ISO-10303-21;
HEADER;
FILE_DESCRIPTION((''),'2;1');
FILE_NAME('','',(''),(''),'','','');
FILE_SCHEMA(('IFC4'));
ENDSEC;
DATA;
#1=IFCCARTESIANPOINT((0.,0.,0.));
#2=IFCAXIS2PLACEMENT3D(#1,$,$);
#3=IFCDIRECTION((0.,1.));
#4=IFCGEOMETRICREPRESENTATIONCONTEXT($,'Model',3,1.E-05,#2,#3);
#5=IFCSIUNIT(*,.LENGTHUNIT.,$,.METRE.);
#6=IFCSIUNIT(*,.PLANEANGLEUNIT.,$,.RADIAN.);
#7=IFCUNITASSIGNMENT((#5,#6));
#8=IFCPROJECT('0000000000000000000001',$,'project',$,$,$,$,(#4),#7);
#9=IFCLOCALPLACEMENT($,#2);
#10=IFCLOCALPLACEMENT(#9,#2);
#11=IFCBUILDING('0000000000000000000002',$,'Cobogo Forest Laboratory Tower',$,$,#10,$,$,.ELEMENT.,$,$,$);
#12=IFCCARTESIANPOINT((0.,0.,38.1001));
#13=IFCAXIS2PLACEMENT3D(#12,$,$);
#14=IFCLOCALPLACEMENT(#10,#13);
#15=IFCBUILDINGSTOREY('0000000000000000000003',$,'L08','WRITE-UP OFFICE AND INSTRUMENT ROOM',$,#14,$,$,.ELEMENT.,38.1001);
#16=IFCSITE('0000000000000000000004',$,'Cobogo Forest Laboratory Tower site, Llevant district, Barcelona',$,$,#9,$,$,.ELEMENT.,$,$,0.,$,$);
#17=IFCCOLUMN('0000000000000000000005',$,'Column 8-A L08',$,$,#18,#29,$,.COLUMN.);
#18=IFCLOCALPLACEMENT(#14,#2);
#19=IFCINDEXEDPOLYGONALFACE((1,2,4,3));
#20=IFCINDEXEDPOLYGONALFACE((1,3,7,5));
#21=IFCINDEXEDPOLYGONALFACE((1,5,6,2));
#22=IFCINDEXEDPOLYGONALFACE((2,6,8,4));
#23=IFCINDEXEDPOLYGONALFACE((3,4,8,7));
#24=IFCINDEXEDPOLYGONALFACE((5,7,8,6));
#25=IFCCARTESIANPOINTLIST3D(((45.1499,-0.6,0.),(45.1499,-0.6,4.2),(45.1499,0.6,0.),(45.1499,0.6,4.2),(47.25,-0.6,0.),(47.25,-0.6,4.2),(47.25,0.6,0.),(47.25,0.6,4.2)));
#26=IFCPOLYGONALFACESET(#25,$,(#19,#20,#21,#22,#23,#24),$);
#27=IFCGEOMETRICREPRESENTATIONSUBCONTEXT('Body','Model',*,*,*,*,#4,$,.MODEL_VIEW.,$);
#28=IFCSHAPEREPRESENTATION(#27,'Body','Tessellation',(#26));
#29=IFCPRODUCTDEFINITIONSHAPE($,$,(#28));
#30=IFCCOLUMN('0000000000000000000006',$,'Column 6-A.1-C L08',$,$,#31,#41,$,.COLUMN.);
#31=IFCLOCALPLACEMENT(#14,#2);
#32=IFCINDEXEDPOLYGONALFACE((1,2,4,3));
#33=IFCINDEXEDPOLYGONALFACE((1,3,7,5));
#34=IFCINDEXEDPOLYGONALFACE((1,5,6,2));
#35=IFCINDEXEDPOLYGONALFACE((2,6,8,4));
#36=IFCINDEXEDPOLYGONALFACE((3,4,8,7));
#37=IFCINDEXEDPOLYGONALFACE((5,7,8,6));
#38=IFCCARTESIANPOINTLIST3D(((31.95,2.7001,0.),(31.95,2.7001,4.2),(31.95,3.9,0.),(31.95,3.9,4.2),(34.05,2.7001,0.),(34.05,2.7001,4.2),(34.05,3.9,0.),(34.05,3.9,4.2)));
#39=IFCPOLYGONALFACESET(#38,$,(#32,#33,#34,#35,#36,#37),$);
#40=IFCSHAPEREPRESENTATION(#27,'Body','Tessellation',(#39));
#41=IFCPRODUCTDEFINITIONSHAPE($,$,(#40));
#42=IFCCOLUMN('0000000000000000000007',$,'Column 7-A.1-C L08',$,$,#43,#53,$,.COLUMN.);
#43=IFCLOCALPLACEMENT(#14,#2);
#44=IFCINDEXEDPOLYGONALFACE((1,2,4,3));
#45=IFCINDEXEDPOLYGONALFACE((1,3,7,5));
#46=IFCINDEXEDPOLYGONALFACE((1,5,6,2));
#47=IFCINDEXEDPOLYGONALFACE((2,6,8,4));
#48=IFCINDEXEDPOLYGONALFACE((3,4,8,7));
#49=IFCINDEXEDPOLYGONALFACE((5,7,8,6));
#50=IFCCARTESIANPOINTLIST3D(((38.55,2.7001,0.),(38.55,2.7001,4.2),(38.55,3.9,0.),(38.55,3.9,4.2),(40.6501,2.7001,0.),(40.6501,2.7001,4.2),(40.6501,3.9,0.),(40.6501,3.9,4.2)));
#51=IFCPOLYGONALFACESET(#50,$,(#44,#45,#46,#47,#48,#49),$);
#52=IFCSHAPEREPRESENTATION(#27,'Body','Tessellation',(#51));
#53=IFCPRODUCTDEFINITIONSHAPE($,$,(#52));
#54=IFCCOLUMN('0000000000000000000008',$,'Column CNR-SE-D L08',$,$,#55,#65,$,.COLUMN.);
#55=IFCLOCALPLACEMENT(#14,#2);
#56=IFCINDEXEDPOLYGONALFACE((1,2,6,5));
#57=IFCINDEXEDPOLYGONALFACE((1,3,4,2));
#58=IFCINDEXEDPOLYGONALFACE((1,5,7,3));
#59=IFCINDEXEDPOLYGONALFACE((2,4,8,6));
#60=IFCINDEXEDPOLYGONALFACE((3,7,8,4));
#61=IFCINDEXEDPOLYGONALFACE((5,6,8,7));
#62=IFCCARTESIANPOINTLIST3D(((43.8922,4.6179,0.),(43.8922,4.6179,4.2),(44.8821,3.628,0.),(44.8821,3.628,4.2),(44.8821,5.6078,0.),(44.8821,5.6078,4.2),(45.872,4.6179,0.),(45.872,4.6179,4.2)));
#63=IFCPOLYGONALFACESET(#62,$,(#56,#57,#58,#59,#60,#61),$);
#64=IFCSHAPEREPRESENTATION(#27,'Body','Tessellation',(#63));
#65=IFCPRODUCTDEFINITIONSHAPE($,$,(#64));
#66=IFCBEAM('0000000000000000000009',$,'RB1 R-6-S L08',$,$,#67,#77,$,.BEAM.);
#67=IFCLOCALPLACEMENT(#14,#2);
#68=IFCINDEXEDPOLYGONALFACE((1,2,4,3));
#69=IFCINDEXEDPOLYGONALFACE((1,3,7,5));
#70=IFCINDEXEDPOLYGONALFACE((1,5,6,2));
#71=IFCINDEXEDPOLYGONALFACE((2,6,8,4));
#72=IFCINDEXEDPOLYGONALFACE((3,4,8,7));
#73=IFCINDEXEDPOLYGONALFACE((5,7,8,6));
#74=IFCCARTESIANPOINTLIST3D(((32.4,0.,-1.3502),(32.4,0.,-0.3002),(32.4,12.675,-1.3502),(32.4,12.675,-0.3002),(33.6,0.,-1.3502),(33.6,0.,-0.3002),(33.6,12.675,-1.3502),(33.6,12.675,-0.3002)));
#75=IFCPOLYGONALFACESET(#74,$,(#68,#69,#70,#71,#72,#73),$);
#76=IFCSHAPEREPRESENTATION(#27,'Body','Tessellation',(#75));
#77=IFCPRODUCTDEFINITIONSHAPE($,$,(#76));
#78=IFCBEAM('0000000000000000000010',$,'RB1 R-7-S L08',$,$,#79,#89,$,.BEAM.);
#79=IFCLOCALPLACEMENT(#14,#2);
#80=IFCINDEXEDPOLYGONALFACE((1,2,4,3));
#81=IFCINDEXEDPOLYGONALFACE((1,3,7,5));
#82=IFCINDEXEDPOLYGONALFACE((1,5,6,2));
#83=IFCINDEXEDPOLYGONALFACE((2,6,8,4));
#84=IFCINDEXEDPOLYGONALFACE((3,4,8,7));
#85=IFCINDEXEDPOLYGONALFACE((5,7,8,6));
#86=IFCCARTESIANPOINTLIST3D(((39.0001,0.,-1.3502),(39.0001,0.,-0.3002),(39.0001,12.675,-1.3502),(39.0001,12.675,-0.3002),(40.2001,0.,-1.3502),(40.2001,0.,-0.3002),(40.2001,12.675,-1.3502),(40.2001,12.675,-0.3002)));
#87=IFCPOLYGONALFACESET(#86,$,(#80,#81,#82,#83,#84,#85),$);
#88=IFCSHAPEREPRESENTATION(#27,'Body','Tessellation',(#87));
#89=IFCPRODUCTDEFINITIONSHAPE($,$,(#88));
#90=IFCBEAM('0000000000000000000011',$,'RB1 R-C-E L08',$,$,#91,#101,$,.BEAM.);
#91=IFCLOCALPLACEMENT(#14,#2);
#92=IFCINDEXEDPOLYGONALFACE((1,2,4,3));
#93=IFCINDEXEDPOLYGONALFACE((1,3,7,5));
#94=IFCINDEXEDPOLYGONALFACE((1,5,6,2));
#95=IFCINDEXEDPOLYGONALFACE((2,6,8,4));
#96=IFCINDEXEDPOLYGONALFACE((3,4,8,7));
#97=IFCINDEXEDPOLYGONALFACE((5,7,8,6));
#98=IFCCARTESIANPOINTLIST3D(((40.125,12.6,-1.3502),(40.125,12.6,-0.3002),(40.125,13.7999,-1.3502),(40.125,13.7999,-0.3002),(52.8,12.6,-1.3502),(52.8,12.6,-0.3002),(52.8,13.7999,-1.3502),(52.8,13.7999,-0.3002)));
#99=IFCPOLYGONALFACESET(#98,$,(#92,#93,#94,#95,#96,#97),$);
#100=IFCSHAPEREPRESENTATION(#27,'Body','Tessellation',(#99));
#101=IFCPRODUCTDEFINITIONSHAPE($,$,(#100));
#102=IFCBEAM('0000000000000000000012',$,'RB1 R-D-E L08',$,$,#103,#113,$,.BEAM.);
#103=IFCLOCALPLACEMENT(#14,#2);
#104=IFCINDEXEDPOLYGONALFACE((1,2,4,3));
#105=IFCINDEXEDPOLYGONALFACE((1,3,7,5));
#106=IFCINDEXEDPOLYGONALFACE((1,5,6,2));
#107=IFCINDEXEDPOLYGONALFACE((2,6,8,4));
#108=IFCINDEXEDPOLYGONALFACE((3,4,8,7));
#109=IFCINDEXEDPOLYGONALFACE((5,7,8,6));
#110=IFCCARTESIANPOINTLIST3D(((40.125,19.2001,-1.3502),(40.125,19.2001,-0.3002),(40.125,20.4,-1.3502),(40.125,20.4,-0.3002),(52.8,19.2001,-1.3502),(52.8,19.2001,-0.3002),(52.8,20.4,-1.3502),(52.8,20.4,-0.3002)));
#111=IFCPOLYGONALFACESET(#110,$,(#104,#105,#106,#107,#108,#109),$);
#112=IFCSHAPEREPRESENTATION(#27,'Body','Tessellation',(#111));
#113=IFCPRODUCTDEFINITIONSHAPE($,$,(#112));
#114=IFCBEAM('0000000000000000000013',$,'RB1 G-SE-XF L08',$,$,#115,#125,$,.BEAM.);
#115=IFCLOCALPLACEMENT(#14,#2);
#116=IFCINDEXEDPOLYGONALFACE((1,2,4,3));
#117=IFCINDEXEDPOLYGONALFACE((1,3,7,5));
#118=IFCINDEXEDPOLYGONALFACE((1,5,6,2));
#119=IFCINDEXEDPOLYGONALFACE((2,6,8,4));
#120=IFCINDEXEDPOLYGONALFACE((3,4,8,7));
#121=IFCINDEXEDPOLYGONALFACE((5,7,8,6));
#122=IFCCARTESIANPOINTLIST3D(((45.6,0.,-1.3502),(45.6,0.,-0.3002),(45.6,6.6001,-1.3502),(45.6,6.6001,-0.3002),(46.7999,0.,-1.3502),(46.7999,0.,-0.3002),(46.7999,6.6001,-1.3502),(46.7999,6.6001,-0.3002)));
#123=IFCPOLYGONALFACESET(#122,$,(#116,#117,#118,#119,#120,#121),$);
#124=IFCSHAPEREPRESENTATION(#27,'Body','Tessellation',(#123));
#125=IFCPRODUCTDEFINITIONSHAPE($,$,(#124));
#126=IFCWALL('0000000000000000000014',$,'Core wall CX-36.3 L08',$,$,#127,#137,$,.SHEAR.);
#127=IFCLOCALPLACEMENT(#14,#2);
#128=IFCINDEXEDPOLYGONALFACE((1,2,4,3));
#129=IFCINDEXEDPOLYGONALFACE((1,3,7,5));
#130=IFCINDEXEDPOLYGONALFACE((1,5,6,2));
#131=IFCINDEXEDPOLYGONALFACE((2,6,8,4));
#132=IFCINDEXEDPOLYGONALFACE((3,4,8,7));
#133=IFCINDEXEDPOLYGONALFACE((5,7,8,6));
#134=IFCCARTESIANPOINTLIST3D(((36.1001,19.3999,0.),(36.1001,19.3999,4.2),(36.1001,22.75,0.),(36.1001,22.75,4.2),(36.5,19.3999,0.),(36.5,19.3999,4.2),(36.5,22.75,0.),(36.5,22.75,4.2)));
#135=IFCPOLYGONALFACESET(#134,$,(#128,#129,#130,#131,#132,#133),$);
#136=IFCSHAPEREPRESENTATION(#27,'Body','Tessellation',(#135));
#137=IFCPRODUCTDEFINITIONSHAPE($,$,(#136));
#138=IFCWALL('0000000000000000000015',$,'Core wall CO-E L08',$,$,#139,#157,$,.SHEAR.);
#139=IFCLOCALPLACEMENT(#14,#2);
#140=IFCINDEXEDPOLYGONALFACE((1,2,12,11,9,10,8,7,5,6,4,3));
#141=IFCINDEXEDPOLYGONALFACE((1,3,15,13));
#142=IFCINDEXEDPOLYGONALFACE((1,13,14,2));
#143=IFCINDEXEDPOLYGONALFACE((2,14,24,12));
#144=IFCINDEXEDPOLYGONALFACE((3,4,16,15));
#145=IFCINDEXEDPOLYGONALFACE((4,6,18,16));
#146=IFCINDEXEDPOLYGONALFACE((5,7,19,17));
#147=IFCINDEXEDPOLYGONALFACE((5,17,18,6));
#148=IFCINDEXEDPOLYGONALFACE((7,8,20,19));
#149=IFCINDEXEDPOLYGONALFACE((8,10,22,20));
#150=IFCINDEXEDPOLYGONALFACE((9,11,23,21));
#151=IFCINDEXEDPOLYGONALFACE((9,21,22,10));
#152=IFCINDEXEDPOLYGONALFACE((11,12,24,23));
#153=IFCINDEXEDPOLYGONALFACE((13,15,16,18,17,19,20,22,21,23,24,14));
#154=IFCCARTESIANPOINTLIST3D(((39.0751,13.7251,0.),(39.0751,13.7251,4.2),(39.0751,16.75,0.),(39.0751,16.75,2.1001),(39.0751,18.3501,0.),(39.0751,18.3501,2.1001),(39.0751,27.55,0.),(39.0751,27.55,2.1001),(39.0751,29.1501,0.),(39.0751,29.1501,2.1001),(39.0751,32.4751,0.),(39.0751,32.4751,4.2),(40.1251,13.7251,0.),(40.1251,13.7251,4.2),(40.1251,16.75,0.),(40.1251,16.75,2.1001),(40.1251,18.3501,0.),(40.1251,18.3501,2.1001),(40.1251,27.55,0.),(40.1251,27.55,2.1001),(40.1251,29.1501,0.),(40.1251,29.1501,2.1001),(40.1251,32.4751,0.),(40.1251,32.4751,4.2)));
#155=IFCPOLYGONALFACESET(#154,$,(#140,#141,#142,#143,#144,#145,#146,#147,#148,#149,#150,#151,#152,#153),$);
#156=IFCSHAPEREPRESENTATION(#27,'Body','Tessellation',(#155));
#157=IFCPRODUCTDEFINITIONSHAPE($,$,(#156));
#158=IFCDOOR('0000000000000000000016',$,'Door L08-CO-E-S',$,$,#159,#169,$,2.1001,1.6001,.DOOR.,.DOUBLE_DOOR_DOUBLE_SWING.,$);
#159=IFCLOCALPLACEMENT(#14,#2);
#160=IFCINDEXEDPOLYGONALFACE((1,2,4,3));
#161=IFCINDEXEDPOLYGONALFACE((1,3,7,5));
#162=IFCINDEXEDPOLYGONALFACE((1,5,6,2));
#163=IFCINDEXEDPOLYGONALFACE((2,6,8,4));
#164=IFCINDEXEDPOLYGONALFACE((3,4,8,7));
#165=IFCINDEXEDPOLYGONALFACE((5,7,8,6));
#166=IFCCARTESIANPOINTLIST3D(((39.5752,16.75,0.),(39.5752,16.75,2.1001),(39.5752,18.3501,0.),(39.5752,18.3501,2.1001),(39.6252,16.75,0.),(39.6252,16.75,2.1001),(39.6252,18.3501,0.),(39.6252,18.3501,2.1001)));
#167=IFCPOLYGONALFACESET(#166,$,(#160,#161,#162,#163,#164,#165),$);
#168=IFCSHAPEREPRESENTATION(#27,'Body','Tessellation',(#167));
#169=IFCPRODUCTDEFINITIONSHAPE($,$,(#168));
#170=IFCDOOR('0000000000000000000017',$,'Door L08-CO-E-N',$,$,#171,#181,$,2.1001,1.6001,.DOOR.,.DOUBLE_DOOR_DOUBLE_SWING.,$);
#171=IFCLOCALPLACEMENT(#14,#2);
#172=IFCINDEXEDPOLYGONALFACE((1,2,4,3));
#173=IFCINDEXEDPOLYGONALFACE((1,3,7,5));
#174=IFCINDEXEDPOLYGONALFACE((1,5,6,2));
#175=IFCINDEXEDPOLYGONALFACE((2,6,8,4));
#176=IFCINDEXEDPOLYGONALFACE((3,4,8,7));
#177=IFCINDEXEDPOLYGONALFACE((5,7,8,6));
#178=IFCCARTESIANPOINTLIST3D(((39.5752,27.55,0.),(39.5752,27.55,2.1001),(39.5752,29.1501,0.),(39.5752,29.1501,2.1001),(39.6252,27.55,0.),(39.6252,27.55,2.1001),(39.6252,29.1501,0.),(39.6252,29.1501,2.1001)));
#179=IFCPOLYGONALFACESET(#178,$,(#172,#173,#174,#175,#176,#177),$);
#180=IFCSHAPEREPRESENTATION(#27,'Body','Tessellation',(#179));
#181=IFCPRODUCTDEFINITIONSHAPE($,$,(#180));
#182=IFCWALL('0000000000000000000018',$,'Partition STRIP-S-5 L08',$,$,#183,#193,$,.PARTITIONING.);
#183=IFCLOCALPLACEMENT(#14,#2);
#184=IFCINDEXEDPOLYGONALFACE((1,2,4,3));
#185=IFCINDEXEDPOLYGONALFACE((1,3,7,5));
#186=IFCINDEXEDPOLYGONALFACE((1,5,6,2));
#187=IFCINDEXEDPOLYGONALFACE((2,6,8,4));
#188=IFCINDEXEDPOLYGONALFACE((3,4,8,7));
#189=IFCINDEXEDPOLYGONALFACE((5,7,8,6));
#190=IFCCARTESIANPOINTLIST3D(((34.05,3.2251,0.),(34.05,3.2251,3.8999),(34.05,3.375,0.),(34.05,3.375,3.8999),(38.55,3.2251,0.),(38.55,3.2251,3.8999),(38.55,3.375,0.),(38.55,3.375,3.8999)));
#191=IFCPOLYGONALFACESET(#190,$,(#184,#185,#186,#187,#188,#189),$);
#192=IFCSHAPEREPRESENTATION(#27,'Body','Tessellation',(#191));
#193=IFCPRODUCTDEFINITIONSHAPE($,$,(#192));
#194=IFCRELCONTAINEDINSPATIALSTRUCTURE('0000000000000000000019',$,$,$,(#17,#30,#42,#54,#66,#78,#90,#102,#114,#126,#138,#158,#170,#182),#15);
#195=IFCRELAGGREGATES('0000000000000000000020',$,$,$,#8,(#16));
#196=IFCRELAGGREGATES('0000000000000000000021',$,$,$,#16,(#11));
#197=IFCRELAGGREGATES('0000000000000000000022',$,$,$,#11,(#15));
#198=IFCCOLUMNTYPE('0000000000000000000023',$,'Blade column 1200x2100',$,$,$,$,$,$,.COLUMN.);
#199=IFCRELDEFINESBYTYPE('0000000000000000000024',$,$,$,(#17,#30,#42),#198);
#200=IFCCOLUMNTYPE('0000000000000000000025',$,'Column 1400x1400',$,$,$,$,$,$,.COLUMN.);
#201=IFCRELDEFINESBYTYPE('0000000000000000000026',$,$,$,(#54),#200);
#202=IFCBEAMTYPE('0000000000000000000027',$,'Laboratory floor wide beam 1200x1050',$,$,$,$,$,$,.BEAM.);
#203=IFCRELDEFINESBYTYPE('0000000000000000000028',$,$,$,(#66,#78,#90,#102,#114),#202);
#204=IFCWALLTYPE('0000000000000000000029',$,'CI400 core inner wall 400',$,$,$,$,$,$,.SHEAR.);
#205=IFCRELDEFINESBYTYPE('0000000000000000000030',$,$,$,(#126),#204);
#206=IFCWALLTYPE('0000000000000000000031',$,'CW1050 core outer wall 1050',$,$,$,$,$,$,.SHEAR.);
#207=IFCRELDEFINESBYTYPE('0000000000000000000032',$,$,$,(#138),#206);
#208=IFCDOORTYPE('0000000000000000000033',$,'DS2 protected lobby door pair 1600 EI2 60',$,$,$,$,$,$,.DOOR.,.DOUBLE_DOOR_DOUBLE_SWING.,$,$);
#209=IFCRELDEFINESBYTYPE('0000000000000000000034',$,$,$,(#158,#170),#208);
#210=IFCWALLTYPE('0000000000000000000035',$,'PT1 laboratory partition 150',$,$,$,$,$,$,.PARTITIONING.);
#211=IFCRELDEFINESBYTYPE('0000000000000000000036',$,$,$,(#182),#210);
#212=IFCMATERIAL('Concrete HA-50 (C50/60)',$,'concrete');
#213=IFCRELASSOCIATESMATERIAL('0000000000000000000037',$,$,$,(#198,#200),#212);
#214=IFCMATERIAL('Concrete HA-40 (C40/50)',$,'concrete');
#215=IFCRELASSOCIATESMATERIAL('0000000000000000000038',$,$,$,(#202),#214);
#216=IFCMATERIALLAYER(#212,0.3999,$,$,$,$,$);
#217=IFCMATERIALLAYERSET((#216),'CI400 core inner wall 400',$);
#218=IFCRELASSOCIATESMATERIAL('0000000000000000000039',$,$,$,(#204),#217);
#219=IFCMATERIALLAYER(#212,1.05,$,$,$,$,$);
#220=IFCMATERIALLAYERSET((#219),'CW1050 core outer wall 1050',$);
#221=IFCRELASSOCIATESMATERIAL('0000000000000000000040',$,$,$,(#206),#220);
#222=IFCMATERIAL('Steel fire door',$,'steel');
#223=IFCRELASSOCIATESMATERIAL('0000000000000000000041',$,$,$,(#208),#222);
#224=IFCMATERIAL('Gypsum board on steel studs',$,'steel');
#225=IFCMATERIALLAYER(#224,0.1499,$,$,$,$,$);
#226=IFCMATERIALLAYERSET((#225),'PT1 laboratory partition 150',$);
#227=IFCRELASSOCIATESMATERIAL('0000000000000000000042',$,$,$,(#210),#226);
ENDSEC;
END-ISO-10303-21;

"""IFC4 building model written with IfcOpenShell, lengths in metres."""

from ifc_helpers import new_model, si_unit, direction, frame, frame_2d, origin, origin_2d, place, context, subcontext, project, spatial, rectangle, extrude, material, layer, layer_set, material_profile, profile_set, type_object, element, fill, save


model = new_model("IFC4")

# Units and contexts
model_context = context("Model", 3, precision=1e-05, world=origin(), true_north=direction((0.0, 1.0)))
body_context = subcontext(model_context, "Body", "Model", "MODEL_VIEW")
ifc_project = project(units=[si_unit("LENGTHUNIT", "METRE"), si_unit("PLANEANGLEUNIT", "RADIAN")], contexts=[model_context])

# Site, building, storey
site_placement = place(None, origin())
site = spatial("IfcSite", under=ifc_project, at=site_placement, Name="Cobogo Forest Laboratory Tower site, Llevant district, Barcelona", CompositionType="ELEMENT", RefElevation=0.0)
building_placement = place(site_placement, origin())
building = spatial("IfcBuilding", under=site, at=building_placement, Name="Cobogo Forest Laboratory Tower", CompositionType="ELEMENT")
storey_placement = place(building_placement, frame((0.0, 0.0, 38.1001)))
storey = spatial("IfcBuildingStorey", under=building, at=storey_placement, Name="L08", Description="WRITE-UP OFFICE AND INSTRUMENT ROOM", CompositionType="ELEMENT", Elevation=38.1001)

# Columns
ifc_material_1 = material(Name="Concrete HA-50 (C50/60)", Category="concrete")
ifc_material_profile_1 = material_profile(ifc_material_1, rectangle(XDim=2.1001, YDim=1.2, at=origin_2d()), Name="RC 1200x2100")
ifc_profile_set_1 = profile_set([ifc_material_profile_1], Name="Concrete HA-50 (C50/60)")
column_type_1 = type_object("IfcColumnType", Name="Blade column 1200x2100", PredefinedType="COLUMN", material=ifc_profile_set_1)
for number, where, z_axis, x_axis, name in (
    (1, (46.2, 0.0, 0.0), (0.0, 0.0, 1.0), (1.0, 0.0, 0.0), "Column 8-A L08"),
    (2, (33.0, 3.3, 0.0), (0.0, 0.0, 1.0), (1.0, 0.0, 0.0), "Column 6-A.1-C L08"),
    (3, (39.6001, 3.3, 0.0), (0.0, 0.0, 1.0), (1.0, 0.0, 0.0), "Column 7-A.1-C L08"),
):
    element("IfcColumn", number, at=place(storey_placement, frame(where, z_axis=z_axis, x_axis=x_axis)), inside=storey, type_object=column_type_1, Name=name, PredefinedType="COLUMN", context=body_context, shape_type="SweptSolid", body=[
        extrude(rectangle(XDim=2.1001, YDim=1.2, at=origin_2d()), origin(), (0.0, 0.0, 1.0), 4.2),
    ])
ifc_material_profile_2 = material_profile(ifc_material_1, rectangle(XDim=1.3999, YDim=1.3999, at=origin_2d()), Name="RC 1400x1400")
ifc_profile_set_2 = profile_set([ifc_material_profile_2], Name="Concrete HA-50 (C50/60)")
column_type_2 = type_object("IfcColumnType", Name="Column 1400x1400", PredefinedType="COLUMN", material=ifc_profile_set_2)
column_placement = place(storey_placement, frame((44.8821, 4.6179, 0.0), z_axis=(0.0, 0.0, 1.0), x_axis=(0.707107, 0.707107, 0.0)))
element("IfcColumn", 4, at=column_placement, inside=storey, type_object=column_type_2, Name="Column CNR-SE-D L08", PredefinedType="COLUMN", context=body_context, shape_type="SweptSolid", body=[
    extrude(rectangle(XDim=1.3999, YDim=1.3999, at=origin_2d()), origin(), (0.0, 0.0, 1.0), 4.2),
])

# Beams
ifc_material_2 = material(Name="Concrete HA-40 (C40/50)", Category="concrete")
ifc_material_profile_3 = material_profile(ifc_material_2, rectangle(XDim=1.2, YDim=1.05, at=origin_2d()), Name="RC 1200x1050")
ifc_profile_set_3 = profile_set([ifc_material_profile_3], Name="Concrete HA-40 (C40/50)")
beam_type = type_object("IfcBeamType", Name="Laboratory floor wide beam 1200x1050", PredefinedType="BEAM", material=ifc_profile_set_3)
for number, where, z_axis, x_axis, name in (
    (5, (33.0, 12.675, -0.8252), (0.0, -1.0, 0.0), (1.0, 0.0, 0.0), "RB1 R-6-S L08"),
    (6, (39.6001, 12.675, -0.8252), (0.0, -1.0, 0.0), (1.0, 0.0, 0.0), "RB1 R-7-S L08"),
    (7, (40.125, 13.2, -0.8252), (1.0, 0.0, 0.0), (0.0, 1.0, 0.0), "RB1 R-C-E L08"),
    (8, (40.125, 19.8, -0.8252), (1.0, 0.0, 0.0), (0.0, 1.0, 0.0), "RB1 R-D-E L08"),
):
    element("IfcBeam", number, at=place(storey_placement, frame(where, z_axis=z_axis, x_axis=x_axis)), inside=storey, type_object=beam_type, Name=name, PredefinedType="BEAM", context=body_context, shape_type="SweptSolid", body=[
        extrude(rectangle(XDim=1.2, YDim=1.05, at=origin_2d()), origin(), (0.0, 0.0, 1.0), 12.675),
    ])
beam_placement = place(storey_placement, frame((46.2, 0.0, -0.8252), z_axis=(0.0, 1.0, 0.0), x_axis=(-1.0, 0.0, 0.0)))
element("IfcBeam", 9, at=beam_placement, inside=storey, type_object=beam_type, Name="RB1 G-SE-XF L08", PredefinedType="BEAM", context=body_context, shape_type="SweptSolid", body=[
    extrude(rectangle(XDim=1.2, YDim=1.05, at=origin_2d()), origin(), (0.0, 0.0, 1.0), 6.6001),
])

# Wall
ifc_layer_1 = layer(ifc_material_1, 0.3999)
ifc_layer_set_1 = layer_set([ifc_layer_1], Name="CI400 core inner wall 400")
wall_type_1 = type_object("IfcWallType", Name="CI400 core inner wall 400", PredefinedType="SHEAR", material=ifc_layer_set_1)
wall_1_placement = place(storey_placement, frame((36.3, 19.3999, 0.0), z_axis=(0.0, 0.0, 1.0), x_axis=(0.0, 1.0, 0.0)))
element("IfcWall", 10, at=wall_1_placement, inside=storey, type_object=wall_type_1, Name="Core wall CX-36.3 L08", PredefinedType="SHEAR", context=body_context, shape_type="SweptSolid", body=[
    extrude(rectangle(XDim=3.3501, YDim=0.3999, at=frame_2d((1.675, 0.0))), origin(), (0.0, 0.0, 1.0), 4.2),
])

# Wall, openings, doors
ifc_layer_2 = layer(ifc_material_1, 1.05)
ifc_layer_set_2 = layer_set([ifc_layer_2], Name="CW1050 core outer wall 1050")
wall_type_2 = type_object("IfcWallType", Name="CW1050 core outer wall 1050", PredefinedType="SHEAR", material=ifc_layer_set_2)
wall_2_placement = place(storey_placement, frame((39.6001, 13.7251, 0.0), z_axis=(0.0, 0.0, 1.0), x_axis=(0.0, 1.0, 0.0)))
wall_2 = element("IfcWall", 11, at=wall_2_placement, inside=storey, type_object=wall_type_2, Name="Core wall CO-E L08", PredefinedType="SHEAR", context=body_context, shape_type="SweptSolid", body=[
    extrude(rectangle(XDim=18.75, YDim=1.05, at=frame_2d((9.375, 0.0))), origin(), (0.0, 0.0, 1.0), 4.2),
])
opening_1_placement = place(wall_2_placement, frame((3.0249, 0.0, 0.0)))
opening_1 = element("IfcOpeningElement", 12, at=opening_1_placement, cuts=wall_2, PredefinedType="OPENING", context=body_context, shape_type="SweptSolid", body=[
    extrude(rectangle(XDim=1.6001, YDim=2.1001, at=frame_2d((0.8, 1.05))), frame((0.0, 0.5349, 0.0), z_axis=(0.0, -1.0, 0.0), x_axis=(1.0, 0.0, 0.0)), (0.0, 0.0, 1.0), 1.0701),
])
opening_2_placement = place(wall_2_placement, frame((13.825, 0.0, 0.0)))
opening_2 = element("IfcOpeningElement", 13, at=opening_2_placement, cuts=wall_2, PredefinedType="OPENING", context=body_context, shape_type="SweptSolid", body=[
    extrude(rectangle(XDim=1.6001, YDim=2.1001, at=frame_2d((0.8, 1.05))), frame((0.0, 0.5349, 0.0), z_axis=(0.0, -1.0, 0.0), x_axis=(1.0, 0.0, 0.0)), (0.0, 0.0, 1.0), 1.0701),
])
ifc_material_3 = material(Name="Steel fire door", Category="steel")
door_type_1 = type_object("IfcDoorType", Name="DS2 protected lobby door pair 1600 EI2 60", OperationType="DOUBLE_DOOR_DOUBLE_SWING", PredefinedType="DOOR", material=ifc_material_3)
door_1_placement = place(opening_1_placement, origin())
door_1 = element("IfcDoor", 14, at=door_1_placement, inside=storey, type_object=door_type_1, Name="Door L08-CO-E-S", OperationType="DOUBLE_DOOR_DOUBLE_SWING", OverallHeight=2.1001, OverallWidth=1.6001, PredefinedType="DOOR", context=body_context, shape_type="SweptSolid", body=[
    extrude(rectangle(XDim=1.6001, YDim=2.1001, at=frame_2d((0.8, 1.05))), frame((0.0, 0.0249, 0.0), z_axis=(0.0, -1.0, 0.0), x_axis=(1.0, 0.0, 0.0)), (0.0, 0.0, 1.0), 0.05),
])
fill(opening_1, door_1)
door_2_placement = place(opening_2_placement, origin())
door_2 = element("IfcDoor", 15, at=door_2_placement, inside=storey, type_object=door_type_1, Name="Door L08-CO-E-N", OperationType="DOUBLE_DOOR_DOUBLE_SWING", OverallHeight=2.1001, OverallWidth=1.6001, PredefinedType="DOOR", context=body_context, shape_type="SweptSolid", body=[
    extrude(rectangle(XDim=1.6001, YDim=2.1001, at=frame_2d((0.8, 1.05))), frame((0.0, 0.0249, 0.0), z_axis=(0.0, -1.0, 0.0), x_axis=(1.0, 0.0, 0.0)), (0.0, 0.0, 1.0), 0.05),
])
fill(opening_2, door_2)

# Wall
ifc_material_4 = material(Name="Gypsum board on steel studs", Category="steel")
ifc_layer_3 = layer(ifc_material_4, 0.1499)
ifc_layer_set_3 = layer_set([ifc_layer_3], Name="PT1 laboratory partition 150")
wall_type_3 = type_object("IfcWallType", Name="PT1 laboratory partition 150", PredefinedType="PARTITIONING", material=ifc_layer_set_3)
wall_3_placement = place(storey_placement, frame((34.05, 3.3, 0.0), z_axis=(0.0, 0.0, 1.0), x_axis=(1.0, 0.0, 0.0)))
element("IfcWall", 16, at=wall_3_placement, inside=storey, type_object=wall_type_3, Name="Partition STRIP-S-5 L08", PredefinedType="PARTITIONING", context=body_context, shape_type="SweptSolid", body=[
    extrude(rectangle(XDim=4.5, YDim=0.1499, at=frame_2d((2.25, 0.0))), origin(), (0.0, 0.0, 1.0), 3.8999),
])

save(model, "model.ifc")
